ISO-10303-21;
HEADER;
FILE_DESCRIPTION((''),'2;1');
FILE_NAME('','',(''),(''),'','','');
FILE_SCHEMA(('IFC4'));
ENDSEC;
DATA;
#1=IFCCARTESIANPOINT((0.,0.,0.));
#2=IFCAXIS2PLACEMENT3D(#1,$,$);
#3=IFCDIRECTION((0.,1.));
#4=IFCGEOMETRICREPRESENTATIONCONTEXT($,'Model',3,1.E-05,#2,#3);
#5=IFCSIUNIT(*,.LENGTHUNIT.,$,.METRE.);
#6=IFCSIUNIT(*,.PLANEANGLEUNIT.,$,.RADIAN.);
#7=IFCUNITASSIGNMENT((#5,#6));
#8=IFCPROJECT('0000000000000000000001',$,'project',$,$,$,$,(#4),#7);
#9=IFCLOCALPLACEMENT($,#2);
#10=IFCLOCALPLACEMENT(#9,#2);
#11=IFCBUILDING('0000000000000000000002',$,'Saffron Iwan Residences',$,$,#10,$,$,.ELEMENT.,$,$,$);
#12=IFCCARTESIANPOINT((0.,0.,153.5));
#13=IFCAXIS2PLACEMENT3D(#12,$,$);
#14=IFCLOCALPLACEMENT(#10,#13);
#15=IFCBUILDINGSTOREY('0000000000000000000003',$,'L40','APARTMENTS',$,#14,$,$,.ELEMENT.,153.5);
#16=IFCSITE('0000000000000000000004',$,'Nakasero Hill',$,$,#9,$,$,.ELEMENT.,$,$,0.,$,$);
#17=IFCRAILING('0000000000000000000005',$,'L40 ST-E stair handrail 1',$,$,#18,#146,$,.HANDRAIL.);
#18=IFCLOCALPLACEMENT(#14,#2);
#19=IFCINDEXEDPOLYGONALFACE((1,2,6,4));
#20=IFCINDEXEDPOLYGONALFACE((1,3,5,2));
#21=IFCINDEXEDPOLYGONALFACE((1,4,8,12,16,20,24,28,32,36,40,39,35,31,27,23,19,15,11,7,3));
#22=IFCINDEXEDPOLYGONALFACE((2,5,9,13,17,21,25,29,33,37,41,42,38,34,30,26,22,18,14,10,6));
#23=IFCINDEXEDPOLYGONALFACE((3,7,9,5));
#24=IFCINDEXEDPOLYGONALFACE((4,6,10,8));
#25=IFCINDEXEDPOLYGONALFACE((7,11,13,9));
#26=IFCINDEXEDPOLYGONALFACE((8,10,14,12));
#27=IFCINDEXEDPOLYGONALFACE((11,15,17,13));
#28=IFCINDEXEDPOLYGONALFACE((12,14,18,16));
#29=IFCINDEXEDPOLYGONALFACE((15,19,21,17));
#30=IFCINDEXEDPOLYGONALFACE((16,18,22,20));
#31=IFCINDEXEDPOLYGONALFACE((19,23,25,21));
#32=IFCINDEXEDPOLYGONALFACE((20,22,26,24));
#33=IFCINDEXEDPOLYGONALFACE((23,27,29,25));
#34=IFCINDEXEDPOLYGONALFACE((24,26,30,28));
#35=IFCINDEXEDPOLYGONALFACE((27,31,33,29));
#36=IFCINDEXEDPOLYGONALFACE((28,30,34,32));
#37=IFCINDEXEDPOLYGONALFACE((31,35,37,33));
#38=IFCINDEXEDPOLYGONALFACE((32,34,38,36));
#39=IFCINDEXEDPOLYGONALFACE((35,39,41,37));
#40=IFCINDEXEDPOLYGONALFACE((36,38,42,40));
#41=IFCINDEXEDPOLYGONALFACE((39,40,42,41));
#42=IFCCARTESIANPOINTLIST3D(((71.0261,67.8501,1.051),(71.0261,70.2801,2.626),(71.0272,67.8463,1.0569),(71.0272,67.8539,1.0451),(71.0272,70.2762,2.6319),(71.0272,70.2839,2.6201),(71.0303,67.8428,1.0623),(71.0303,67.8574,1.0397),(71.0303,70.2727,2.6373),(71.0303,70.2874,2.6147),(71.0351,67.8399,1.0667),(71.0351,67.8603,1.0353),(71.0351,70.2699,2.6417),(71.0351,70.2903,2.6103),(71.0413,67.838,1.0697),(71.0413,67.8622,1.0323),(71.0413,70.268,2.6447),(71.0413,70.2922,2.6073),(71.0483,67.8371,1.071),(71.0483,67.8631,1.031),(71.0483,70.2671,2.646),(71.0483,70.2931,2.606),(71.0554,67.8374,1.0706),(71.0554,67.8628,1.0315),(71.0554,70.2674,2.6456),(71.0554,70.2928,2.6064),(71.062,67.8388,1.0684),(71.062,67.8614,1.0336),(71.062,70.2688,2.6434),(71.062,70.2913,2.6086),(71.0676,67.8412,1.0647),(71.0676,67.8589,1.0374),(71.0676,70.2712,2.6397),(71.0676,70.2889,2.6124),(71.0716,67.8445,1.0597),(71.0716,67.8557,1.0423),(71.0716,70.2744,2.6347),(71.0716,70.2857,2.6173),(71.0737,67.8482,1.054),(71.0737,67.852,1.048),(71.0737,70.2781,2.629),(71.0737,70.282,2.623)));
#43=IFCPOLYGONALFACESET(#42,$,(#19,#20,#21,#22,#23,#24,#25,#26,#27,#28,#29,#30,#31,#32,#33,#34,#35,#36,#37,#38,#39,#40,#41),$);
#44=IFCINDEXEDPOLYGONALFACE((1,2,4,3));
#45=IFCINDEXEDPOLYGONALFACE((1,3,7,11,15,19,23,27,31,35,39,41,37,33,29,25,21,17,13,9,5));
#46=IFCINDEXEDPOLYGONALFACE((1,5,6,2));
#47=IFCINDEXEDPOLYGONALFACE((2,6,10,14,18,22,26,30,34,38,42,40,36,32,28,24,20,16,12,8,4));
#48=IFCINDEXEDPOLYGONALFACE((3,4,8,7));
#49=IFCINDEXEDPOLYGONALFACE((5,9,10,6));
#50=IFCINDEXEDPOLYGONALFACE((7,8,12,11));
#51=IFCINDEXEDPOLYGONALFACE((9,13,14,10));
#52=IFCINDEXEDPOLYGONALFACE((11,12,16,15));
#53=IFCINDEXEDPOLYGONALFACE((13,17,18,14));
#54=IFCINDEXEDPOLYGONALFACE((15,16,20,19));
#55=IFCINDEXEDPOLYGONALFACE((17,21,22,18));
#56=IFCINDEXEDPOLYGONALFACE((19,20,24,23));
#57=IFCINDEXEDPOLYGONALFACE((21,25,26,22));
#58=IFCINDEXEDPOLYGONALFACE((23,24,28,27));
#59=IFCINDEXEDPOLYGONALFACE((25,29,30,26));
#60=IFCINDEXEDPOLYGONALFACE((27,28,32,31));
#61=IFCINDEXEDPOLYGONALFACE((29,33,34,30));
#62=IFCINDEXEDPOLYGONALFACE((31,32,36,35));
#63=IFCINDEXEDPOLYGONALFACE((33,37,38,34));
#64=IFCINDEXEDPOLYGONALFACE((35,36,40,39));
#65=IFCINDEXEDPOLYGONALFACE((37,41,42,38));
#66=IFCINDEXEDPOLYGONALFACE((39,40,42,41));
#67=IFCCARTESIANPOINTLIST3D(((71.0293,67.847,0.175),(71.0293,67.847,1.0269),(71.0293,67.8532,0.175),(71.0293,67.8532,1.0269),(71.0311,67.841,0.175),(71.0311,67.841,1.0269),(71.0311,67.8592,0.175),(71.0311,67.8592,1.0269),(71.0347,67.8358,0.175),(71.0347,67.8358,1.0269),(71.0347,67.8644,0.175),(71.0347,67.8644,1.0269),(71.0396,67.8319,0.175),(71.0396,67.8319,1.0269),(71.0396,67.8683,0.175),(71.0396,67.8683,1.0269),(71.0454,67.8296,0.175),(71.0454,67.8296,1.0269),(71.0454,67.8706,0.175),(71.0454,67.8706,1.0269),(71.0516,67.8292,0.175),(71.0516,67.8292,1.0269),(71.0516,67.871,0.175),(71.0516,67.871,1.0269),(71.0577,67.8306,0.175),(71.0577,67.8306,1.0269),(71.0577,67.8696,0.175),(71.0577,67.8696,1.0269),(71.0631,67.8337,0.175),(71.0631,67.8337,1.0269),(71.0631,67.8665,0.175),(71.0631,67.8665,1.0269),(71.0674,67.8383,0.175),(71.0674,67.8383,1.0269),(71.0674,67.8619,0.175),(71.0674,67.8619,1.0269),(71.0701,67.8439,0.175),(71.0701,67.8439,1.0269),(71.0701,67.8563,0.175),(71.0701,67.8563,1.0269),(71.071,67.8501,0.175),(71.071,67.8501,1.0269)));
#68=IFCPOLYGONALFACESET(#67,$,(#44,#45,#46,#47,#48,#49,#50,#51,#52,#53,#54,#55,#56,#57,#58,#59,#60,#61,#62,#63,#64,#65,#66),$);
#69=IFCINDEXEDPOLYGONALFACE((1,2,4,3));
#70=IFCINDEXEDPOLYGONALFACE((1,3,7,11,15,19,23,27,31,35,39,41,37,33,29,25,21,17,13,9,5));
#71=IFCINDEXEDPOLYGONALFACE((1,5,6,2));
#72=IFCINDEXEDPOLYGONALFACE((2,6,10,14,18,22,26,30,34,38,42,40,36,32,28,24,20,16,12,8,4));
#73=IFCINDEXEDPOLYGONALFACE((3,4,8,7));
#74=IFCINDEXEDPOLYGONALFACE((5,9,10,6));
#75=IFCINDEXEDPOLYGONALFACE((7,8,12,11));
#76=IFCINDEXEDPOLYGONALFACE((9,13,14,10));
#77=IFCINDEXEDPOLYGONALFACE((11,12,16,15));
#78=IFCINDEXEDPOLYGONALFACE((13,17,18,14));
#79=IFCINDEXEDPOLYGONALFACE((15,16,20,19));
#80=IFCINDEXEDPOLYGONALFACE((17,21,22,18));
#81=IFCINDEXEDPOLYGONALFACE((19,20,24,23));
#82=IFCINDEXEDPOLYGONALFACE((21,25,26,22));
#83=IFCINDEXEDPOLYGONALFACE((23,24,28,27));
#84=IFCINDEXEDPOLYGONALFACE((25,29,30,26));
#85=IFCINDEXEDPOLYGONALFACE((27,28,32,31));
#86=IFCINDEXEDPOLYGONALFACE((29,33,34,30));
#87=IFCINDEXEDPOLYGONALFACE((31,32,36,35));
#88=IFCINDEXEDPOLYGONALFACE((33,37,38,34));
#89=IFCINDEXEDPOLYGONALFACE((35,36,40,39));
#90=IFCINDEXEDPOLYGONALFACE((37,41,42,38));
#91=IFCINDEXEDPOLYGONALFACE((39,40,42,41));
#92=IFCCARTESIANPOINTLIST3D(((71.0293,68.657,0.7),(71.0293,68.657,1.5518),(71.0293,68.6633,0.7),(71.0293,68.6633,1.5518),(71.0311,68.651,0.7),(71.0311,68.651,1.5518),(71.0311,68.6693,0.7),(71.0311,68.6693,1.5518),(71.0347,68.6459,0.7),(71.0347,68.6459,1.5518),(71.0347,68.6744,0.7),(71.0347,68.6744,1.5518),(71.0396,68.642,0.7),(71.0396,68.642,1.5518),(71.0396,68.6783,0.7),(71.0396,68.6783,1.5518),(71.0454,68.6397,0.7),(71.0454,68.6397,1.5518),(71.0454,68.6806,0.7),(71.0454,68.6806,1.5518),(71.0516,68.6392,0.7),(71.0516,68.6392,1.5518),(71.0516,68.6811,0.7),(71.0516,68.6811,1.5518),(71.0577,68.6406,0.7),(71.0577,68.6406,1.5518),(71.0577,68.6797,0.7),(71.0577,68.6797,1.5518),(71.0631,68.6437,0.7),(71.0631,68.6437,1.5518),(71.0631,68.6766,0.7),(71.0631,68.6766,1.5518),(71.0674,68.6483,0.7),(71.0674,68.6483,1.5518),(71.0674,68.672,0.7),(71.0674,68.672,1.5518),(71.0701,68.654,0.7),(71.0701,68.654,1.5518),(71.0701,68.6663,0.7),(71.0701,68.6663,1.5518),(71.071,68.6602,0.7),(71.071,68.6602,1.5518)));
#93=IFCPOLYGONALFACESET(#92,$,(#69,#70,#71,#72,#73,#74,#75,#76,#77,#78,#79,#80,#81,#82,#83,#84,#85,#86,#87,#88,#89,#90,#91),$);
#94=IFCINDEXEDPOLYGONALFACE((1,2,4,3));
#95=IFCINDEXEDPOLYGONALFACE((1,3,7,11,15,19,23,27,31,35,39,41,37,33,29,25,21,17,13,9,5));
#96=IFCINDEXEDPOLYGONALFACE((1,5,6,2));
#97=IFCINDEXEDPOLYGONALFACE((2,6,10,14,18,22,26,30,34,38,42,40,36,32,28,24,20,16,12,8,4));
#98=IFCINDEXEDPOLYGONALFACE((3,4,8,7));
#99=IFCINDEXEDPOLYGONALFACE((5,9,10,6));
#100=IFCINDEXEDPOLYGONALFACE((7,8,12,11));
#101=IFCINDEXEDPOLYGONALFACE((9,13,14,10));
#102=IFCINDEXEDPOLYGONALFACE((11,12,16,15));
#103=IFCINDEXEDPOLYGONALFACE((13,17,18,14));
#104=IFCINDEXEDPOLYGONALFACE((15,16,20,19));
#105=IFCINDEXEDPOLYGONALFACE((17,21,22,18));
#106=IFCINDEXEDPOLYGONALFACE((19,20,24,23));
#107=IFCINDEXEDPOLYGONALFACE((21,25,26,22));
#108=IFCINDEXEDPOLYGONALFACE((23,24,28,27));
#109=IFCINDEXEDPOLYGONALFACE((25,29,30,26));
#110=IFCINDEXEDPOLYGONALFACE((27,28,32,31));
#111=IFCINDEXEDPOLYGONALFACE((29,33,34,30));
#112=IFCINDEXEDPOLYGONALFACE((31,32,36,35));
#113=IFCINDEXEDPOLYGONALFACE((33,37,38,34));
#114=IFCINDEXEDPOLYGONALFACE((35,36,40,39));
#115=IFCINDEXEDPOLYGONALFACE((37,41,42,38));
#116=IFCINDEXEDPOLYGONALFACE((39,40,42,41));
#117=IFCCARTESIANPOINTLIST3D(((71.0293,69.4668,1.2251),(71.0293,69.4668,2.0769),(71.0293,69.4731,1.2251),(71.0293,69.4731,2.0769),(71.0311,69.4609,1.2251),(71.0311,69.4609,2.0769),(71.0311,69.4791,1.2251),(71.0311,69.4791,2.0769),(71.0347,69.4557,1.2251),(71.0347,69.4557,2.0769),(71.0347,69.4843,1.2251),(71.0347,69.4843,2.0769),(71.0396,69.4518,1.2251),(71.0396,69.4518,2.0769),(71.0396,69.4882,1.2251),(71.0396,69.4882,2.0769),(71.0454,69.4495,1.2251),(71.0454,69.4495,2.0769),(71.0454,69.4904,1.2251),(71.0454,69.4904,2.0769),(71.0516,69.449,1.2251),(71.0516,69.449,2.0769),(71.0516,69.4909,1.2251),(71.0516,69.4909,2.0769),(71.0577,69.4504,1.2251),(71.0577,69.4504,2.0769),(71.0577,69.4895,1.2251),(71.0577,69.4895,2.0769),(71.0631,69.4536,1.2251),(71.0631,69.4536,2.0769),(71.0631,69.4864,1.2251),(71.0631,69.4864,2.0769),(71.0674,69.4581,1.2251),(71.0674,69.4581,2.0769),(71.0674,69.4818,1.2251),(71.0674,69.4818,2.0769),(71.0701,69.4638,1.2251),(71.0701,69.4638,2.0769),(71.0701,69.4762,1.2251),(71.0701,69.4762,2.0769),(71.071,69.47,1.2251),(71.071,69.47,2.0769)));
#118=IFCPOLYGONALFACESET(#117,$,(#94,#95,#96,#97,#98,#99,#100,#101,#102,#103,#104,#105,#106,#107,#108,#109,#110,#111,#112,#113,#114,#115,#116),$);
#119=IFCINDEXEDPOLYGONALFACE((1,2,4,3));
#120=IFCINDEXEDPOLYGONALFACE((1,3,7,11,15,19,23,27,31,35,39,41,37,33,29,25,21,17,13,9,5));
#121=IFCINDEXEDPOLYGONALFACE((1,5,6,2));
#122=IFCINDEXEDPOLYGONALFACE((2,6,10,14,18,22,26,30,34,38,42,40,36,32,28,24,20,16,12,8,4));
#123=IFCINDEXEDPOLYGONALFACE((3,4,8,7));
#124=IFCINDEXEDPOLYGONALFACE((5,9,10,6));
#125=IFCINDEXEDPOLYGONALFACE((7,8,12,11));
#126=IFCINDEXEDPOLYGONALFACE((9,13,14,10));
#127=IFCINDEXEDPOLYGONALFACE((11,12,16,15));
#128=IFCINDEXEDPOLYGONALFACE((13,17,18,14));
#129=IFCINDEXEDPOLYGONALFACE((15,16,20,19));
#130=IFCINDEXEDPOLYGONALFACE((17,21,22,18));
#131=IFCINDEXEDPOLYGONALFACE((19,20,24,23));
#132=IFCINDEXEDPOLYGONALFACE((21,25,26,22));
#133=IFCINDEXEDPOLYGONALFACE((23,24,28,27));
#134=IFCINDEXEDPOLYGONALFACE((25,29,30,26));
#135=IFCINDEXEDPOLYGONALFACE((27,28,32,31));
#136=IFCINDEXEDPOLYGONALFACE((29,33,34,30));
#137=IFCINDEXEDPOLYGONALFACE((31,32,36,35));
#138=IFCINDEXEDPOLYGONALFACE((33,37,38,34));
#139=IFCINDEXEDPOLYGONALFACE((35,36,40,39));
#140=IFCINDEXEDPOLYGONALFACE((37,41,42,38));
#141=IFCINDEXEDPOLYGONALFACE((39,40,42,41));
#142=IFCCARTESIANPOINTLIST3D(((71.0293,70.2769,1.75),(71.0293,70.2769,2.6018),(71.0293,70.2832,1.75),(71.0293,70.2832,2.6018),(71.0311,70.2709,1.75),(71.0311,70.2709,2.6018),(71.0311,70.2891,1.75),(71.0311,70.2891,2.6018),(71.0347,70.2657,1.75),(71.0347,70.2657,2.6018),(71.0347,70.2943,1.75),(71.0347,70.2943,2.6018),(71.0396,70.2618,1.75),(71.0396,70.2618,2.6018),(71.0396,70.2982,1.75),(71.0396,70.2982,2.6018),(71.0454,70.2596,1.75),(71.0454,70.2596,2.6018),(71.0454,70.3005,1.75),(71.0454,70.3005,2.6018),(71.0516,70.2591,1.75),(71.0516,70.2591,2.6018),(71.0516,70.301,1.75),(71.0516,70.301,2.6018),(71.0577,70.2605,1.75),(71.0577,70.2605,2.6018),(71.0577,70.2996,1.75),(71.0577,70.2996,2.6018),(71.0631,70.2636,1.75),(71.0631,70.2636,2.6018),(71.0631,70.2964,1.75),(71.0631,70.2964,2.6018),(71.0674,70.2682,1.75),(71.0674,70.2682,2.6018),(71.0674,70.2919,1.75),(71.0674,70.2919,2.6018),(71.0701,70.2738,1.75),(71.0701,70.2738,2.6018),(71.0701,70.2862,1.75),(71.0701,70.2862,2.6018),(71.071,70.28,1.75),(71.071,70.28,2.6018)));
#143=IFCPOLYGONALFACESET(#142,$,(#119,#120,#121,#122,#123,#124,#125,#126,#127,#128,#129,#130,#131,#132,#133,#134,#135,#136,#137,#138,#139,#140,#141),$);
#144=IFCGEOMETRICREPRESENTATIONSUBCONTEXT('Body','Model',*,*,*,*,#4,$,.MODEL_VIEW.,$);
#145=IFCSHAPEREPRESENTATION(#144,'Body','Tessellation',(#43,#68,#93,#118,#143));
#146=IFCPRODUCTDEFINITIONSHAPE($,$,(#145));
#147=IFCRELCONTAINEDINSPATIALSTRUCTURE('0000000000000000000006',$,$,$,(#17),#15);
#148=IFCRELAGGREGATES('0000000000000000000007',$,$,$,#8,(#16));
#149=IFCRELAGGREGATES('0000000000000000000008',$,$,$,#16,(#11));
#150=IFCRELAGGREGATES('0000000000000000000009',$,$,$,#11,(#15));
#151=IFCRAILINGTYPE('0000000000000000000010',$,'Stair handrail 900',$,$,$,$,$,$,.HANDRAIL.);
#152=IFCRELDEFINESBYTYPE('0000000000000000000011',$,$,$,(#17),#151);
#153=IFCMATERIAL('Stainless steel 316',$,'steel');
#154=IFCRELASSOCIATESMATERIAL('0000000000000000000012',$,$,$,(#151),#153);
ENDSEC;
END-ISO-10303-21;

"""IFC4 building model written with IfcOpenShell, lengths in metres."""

from ifc_helpers import new_model, si_unit, direction, frame, origin, origin_2d, place, context, subcontext, project, spatial, circle, extrude, material, type_object, element, save


model = new_model("IFC4")

# Units and contexts
model_context = context("Model", 3, precision=1e-05, world=origin(), true_north=direction((0.0, 1.0)))
body_context = subcontext(model_context, "Body", "Model", "MODEL_VIEW")
ifc_project = project(units=[si_unit("LENGTHUNIT", "METRE"), si_unit("PLANEANGLEUNIT", "RADIAN")], contexts=[model_context])

# Site, building, storey
site_placement = place(None, origin())
site = spatial("IfcSite", under=ifc_project, at=site_placement, Name="Nakasero Hill", CompositionType="ELEMENT", RefElevation=0.0)
building_placement = place(site_placement, origin())
building = spatial("IfcBuilding", under=site, at=building_placement, Name="Saffron Iwan Residences", CompositionType="ELEMENT")
storey_placement = place(building_placement, frame((0.0, 0.0, 153.5)))
storey = spatial("IfcBuildingStorey", under=building, at=storey_placement, Name="L40", Description="APARTMENTS", CompositionType="ELEMENT", Elevation=153.5)

# Railing
ifc_material_1 = material(Name="Stainless steel 316", Category="steel")
railing_type_1 = type_object("IfcRailingType", Name="Stair handrail 900", PredefinedType="HANDRAIL", material=ifc_material_1)
railing_1_placement = place(storey_placement, frame((71.05, 67.8501, 0.175)))
element("IfcRailing", 1, at=railing_1_placement, inside=storey, type_object=railing_type_1, Name="L40 ST-E stair handrail 1", PredefinedType="HANDRAIL", context=body_context, shape_type="SweptSolid", body=[
    extrude(circle(Radius=0.0239, at=origin_2d()), frame((0.0, 0.0, 0.876), z_axis=(0.0, 0.839154, 0.543894), x_axis=(-1.0, 0.0, 0.0)), (0.0, 0.0, 1.0), 2.8958),
    extrude(circle(Radius=0.021, at=origin_2d()), origin(), (0.0, 0.0, 1.0), 0.8518),
    extrude(circle(Radius=0.021, at=origin_2d()), frame((0.0, 0.8101, 0.5249)), (0.0, 0.0, 1.0), 0.8518),
    extrude(circle(Radius=0.021, at=origin_2d()), frame((0.0, 1.6199, 1.05)), (0.0, 0.0, 1.0), 0.8518),
    extrude(circle(Radius=0.021, at=origin_2d()), frame((0.0, 2.4299, 1.575)), (0.0, 0.0, 1.0), 0.8518),
])

save(model, "model.ifc")
